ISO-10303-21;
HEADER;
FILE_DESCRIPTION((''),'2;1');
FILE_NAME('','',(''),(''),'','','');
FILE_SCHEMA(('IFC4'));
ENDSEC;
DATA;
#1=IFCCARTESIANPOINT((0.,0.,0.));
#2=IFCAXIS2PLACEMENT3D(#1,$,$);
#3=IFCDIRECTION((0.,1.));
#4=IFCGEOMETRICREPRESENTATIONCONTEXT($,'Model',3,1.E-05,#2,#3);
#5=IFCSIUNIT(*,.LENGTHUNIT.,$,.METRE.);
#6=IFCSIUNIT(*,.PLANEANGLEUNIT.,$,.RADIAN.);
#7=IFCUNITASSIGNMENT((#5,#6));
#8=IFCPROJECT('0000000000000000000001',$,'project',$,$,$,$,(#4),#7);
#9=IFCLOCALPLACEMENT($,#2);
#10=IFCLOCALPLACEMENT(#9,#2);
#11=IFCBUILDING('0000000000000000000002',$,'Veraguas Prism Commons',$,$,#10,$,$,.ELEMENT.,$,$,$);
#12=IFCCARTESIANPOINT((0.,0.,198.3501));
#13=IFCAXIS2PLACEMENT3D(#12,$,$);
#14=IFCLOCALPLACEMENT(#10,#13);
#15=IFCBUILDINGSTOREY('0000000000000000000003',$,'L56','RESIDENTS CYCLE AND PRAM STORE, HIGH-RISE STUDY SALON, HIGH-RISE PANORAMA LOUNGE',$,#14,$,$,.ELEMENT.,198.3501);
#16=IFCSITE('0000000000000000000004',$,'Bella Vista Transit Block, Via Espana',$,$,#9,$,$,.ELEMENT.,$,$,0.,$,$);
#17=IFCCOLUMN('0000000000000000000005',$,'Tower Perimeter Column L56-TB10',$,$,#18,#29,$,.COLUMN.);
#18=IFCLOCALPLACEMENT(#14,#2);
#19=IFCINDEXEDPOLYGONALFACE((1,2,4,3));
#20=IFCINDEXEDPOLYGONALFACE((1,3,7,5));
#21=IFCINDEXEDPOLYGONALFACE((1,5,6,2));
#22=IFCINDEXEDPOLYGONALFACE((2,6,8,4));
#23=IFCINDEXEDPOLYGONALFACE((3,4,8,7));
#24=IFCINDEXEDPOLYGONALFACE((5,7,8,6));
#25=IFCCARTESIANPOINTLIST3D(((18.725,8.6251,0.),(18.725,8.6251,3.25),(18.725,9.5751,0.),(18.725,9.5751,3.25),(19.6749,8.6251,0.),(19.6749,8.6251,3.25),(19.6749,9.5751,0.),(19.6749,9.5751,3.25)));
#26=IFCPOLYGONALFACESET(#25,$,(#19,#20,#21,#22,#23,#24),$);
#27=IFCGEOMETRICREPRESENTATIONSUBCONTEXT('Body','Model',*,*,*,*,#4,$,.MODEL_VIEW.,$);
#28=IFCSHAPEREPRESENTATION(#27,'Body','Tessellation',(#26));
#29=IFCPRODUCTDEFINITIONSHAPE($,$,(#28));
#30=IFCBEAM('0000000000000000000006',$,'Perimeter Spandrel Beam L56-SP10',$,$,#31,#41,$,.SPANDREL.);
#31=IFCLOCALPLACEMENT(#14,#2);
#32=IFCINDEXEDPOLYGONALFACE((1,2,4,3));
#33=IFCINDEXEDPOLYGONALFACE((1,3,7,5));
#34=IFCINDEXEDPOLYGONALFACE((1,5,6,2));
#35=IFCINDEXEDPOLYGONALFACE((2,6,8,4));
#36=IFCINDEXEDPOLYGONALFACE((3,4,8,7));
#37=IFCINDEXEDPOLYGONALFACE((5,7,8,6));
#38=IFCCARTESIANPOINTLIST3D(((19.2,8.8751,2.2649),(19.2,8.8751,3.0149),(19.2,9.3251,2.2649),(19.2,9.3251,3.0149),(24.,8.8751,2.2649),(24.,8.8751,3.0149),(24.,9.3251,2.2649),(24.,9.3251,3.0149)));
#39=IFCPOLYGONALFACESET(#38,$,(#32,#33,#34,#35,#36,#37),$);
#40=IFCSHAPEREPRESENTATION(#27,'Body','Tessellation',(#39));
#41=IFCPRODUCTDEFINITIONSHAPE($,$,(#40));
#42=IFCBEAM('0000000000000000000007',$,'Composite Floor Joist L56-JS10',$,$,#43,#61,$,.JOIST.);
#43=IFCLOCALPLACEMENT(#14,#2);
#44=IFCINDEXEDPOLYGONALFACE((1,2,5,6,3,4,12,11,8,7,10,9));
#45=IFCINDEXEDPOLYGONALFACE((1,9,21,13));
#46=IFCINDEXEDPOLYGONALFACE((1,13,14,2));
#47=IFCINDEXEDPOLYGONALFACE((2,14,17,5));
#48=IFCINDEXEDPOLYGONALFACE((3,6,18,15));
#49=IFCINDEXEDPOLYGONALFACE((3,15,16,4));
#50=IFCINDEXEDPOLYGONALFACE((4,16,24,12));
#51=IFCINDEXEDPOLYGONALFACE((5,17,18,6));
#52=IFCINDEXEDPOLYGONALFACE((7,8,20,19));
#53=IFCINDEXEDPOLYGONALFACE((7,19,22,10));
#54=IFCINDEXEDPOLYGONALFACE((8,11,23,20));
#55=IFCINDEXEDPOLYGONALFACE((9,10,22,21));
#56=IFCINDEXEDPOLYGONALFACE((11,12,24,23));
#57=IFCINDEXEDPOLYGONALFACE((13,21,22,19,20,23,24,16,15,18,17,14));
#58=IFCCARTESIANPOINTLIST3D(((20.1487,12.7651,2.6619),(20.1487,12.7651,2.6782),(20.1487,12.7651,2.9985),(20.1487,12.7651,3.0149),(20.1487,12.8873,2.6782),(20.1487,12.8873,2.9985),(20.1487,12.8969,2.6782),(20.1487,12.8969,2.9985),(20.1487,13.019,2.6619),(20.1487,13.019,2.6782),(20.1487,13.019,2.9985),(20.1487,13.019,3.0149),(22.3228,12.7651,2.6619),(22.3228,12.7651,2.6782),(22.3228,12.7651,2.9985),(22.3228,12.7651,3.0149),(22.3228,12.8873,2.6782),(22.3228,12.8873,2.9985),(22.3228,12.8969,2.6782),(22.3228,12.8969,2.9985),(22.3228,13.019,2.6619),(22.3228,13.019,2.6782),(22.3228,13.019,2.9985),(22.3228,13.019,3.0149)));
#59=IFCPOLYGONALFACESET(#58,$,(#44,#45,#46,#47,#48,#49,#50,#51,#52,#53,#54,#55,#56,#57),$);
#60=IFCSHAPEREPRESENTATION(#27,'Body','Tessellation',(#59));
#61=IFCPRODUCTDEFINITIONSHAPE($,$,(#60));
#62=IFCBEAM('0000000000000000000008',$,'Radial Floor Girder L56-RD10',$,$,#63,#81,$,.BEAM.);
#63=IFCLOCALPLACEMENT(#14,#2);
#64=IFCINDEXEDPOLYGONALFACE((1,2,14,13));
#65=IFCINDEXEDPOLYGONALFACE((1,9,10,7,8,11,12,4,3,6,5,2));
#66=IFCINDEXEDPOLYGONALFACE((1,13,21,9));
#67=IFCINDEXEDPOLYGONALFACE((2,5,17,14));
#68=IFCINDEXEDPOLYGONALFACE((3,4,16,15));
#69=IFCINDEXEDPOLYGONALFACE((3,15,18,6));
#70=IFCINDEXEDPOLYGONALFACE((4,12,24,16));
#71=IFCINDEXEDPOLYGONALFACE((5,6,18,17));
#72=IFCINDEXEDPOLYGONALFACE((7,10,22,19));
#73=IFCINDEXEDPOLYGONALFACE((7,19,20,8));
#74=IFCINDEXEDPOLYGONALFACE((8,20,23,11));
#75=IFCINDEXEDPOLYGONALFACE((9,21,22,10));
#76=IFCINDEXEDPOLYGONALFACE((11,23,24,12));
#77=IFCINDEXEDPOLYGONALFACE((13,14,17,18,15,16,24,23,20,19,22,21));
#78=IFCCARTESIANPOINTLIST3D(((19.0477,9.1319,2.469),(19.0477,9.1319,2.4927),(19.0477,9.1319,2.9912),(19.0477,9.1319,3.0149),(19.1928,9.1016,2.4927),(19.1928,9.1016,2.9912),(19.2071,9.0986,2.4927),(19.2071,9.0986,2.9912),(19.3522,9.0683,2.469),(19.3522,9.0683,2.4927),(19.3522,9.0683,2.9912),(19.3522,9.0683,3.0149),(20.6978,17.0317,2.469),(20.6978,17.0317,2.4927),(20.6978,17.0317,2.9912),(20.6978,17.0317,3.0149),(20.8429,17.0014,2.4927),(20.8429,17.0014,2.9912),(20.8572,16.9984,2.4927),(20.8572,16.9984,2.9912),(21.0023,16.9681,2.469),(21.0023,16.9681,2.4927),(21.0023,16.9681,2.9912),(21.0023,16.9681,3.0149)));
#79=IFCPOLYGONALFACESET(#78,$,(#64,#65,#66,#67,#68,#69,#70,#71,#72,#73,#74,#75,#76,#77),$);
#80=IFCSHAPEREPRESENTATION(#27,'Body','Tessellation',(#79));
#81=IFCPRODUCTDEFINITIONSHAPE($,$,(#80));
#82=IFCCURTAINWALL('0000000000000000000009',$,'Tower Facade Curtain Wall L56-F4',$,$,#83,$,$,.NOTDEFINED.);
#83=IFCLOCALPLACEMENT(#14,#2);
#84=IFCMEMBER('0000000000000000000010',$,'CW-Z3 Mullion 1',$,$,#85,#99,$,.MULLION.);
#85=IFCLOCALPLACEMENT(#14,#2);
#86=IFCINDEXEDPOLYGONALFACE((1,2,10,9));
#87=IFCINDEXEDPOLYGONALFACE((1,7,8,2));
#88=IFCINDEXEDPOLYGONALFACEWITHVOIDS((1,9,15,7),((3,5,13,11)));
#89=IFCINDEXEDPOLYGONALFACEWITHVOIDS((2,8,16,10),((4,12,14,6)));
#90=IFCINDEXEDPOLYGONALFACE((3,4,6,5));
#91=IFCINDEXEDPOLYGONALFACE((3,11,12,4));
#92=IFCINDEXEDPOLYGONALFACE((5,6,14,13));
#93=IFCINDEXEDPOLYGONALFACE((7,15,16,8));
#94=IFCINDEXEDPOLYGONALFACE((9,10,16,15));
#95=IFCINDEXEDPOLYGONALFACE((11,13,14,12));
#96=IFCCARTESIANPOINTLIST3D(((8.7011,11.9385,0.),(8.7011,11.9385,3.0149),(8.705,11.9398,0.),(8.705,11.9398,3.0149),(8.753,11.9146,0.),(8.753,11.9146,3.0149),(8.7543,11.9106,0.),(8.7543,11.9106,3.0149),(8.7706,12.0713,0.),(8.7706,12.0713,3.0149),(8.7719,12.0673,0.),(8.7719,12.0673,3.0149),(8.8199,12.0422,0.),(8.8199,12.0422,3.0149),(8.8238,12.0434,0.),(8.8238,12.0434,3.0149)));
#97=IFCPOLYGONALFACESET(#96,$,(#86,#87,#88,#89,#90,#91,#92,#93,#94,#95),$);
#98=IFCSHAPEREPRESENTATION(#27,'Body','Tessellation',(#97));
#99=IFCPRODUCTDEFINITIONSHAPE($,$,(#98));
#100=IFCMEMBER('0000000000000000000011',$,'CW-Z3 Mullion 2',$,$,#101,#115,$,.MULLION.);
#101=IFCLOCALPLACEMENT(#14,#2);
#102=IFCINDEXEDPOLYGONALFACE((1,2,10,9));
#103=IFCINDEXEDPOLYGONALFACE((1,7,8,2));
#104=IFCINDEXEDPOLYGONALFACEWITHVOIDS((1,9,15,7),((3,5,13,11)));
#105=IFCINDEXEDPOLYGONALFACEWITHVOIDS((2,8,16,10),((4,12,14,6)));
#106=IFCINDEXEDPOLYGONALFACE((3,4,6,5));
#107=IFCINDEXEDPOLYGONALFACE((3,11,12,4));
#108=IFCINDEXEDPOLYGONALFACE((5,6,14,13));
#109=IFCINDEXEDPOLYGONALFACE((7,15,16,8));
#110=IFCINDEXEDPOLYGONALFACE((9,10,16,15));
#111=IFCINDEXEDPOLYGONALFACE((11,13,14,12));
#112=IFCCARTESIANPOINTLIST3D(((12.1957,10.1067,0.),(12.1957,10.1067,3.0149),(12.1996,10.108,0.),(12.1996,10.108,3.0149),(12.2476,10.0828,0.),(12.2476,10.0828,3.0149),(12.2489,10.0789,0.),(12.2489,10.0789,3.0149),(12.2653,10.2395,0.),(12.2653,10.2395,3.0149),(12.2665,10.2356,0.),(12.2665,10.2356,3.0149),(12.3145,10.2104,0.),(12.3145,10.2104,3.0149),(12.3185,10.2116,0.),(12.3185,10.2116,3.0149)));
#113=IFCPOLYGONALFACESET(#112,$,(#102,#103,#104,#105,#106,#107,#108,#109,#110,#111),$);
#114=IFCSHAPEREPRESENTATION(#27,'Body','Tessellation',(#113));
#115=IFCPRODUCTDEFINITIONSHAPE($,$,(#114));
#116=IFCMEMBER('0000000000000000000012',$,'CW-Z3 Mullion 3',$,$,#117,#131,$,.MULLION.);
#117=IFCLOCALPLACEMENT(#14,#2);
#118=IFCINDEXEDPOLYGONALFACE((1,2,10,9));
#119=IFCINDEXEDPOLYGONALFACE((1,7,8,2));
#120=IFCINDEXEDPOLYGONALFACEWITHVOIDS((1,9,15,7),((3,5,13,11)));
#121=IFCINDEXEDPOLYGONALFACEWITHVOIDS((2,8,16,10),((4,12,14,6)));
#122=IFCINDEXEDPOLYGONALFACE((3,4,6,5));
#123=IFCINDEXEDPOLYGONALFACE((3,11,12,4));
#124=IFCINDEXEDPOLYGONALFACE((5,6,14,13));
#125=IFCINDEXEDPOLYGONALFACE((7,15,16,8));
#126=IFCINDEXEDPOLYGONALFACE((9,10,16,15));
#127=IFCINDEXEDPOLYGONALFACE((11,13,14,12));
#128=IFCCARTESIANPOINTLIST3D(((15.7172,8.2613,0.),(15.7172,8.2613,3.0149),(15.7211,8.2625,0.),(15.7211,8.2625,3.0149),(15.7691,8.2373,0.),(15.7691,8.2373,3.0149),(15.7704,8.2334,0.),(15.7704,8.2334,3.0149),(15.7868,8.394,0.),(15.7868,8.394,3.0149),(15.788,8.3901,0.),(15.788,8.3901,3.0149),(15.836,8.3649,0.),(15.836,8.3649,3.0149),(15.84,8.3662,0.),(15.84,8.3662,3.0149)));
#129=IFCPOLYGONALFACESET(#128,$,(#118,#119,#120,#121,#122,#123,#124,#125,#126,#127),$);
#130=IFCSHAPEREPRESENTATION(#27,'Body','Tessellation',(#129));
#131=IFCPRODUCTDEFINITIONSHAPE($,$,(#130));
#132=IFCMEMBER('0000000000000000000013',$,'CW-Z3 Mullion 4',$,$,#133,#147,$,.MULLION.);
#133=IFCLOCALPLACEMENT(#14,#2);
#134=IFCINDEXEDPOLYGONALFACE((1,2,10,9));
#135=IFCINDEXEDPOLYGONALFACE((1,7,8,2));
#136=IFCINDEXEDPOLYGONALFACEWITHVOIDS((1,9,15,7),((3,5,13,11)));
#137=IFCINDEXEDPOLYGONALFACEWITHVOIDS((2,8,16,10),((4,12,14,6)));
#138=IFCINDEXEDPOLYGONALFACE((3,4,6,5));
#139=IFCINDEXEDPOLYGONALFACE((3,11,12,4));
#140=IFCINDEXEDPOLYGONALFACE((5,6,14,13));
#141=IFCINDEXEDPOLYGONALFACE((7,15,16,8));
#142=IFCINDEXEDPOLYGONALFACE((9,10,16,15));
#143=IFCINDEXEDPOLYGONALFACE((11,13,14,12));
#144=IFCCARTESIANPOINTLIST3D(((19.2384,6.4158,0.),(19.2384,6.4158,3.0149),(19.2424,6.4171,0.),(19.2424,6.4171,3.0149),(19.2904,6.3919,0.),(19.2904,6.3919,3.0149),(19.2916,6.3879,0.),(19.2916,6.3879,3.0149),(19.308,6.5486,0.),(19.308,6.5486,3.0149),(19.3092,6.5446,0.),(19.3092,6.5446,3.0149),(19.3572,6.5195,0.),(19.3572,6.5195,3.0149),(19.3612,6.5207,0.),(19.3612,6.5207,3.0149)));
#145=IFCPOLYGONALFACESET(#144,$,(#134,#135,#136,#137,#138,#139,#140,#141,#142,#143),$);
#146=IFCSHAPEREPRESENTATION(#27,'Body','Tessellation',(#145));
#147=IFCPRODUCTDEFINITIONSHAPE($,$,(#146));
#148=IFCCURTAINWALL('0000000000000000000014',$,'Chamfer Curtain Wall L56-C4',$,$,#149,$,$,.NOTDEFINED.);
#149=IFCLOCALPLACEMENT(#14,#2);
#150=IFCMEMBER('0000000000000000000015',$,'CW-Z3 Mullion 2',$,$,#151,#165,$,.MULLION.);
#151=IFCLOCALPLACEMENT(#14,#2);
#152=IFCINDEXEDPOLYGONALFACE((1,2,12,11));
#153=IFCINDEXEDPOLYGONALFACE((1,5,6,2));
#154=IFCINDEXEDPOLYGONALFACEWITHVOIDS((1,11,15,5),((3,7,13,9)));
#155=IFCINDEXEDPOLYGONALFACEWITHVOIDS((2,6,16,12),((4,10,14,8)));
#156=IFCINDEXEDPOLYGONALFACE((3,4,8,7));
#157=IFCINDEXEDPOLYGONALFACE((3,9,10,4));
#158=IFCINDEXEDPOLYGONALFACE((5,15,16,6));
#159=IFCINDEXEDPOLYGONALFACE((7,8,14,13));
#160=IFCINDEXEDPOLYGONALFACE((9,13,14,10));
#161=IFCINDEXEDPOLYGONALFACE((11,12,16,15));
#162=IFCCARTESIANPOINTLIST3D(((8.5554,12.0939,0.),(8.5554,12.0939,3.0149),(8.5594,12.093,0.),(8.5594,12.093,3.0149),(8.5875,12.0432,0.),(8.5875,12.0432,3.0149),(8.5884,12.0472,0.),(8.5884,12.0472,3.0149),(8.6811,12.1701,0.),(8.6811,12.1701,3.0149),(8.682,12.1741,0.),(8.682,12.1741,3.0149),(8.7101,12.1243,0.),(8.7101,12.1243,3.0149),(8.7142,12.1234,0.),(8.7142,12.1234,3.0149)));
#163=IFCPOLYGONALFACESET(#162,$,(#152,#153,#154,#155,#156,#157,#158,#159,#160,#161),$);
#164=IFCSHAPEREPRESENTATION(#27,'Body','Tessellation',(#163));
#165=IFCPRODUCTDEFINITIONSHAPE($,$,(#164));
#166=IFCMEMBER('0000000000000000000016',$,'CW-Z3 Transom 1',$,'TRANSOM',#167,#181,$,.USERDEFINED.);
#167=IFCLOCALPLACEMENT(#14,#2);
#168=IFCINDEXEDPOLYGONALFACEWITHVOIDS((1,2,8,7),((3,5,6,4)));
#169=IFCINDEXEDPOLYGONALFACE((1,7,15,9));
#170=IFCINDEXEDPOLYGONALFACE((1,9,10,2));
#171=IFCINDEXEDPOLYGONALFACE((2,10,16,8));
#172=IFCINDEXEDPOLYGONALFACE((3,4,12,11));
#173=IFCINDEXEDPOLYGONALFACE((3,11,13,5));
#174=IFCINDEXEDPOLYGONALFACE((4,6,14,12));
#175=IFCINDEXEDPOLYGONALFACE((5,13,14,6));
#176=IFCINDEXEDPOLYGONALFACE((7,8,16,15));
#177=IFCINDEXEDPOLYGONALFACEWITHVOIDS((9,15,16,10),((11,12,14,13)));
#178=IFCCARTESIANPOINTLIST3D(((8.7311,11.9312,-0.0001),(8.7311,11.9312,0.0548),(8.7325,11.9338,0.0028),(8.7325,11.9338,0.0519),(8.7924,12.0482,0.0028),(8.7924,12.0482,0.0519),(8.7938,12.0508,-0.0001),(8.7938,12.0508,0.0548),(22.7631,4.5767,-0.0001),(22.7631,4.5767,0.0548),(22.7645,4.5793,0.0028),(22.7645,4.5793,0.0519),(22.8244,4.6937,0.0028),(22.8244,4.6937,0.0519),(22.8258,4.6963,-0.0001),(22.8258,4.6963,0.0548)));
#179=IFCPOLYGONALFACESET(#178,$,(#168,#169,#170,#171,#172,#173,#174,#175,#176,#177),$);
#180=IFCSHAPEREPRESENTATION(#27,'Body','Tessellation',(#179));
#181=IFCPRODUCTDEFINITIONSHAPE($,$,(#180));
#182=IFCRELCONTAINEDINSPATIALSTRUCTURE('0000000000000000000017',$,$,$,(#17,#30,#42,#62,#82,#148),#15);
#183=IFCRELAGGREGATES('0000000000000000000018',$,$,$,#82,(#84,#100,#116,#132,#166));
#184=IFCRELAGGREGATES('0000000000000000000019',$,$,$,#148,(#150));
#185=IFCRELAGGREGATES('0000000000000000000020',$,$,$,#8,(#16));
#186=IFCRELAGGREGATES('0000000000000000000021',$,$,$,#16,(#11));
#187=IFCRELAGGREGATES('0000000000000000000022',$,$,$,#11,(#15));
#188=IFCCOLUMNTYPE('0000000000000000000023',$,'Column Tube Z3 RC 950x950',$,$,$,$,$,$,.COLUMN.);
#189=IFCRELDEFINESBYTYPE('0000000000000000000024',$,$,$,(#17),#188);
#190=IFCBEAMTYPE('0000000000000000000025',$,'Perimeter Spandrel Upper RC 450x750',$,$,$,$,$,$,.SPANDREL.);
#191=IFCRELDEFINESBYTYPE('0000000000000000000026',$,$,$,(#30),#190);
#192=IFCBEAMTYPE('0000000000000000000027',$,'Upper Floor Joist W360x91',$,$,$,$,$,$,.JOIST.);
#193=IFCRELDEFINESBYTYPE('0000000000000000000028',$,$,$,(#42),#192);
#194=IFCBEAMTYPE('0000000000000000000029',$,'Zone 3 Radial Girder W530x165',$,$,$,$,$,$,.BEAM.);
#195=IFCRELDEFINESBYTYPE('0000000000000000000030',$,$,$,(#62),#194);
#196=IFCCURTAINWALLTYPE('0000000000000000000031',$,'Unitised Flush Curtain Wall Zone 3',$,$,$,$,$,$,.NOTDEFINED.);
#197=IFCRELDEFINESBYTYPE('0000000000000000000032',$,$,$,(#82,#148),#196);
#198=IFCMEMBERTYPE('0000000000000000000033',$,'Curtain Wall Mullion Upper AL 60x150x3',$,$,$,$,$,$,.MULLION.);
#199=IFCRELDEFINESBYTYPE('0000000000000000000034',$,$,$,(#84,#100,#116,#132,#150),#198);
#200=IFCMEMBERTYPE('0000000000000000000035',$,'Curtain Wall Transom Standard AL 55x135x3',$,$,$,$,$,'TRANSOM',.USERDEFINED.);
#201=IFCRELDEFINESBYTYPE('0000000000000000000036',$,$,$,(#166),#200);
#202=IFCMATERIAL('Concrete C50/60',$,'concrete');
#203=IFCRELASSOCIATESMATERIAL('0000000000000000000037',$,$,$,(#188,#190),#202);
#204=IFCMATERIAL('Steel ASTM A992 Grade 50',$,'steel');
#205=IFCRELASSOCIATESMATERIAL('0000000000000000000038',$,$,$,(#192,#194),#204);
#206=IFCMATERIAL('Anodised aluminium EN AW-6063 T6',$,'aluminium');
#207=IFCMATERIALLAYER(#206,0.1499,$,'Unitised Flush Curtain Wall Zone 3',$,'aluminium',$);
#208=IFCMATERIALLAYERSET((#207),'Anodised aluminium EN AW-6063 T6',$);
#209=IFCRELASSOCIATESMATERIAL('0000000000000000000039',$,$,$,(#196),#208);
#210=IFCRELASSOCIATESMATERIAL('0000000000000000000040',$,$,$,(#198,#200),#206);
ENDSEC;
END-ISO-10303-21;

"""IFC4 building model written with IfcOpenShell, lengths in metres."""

from ifc_helpers import new_model, si_unit, direction, frame, origin, origin_2d, place, context, subcontext, project, spatial, rectangle, hollow_rectangle, i_section, extrude, source, transform, mapped, material, layer, layer_set, material_profile, profile_set, type_object, element, aggregate, save


model = new_model("IFC4")

# Units and contexts
model_context = context("Model", 3, precision=1e-05, world=origin(), true_north=direction((0.0, 1.0)))
body_context = subcontext(model_context, "Body", "Model", "MODEL_VIEW")
ifc_project = project(units=[si_unit("LENGTHUNIT", "METRE"), si_unit("PLANEANGLEUNIT", "RADIAN")], contexts=[model_context])

# Site, building, storey
site_placement = place(None, origin())
site = spatial("IfcSite", under=ifc_project, at=site_placement, Name="Bella Vista Transit Block, Via Espana", CompositionType="ELEMENT", RefElevation=0.0)
building_placement = place(site_placement, origin())
building = spatial("IfcBuilding", under=site, at=building_placement, Name="Veraguas Prism Commons", CompositionType="ELEMENT")
storey_placement = place(building_placement, frame((0.0, 0.0, 198.3501)))
storey = spatial("IfcBuildingStorey", under=building, at=storey_placement, Name="L56", Description="RESIDENTS CYCLE AND PRAM STORE, HIGH-RISE STUDY SALON, HIGH-RISE PANORAMA LOUNGE", CompositionType="ELEMENT", Elevation=198.3501)

# Column
ifc_material_1 = material(Name="Concrete C50/60", Category="concrete")
ifc_material_profile_1 = material_profile(ifc_material_1, rectangle(XDim=0.95, YDim=0.95, at=origin_2d()), Name="RC950X950")
ifc_profile_set_1 = profile_set([ifc_material_profile_1], Name="Concrete C50/60")
column_type = type_object("IfcColumnType", Name="Column Tube Z3 RC 950x950", PredefinedType="COLUMN", material=ifc_profile_set_1)
column_placement = place(storey_placement, frame((19.2, 9.1001, 0.0), z_axis=(0.0, 0.0, 1.0), x_axis=(1.0, 0.0, 0.0)))
element("IfcColumn", 1, at=column_placement, inside=storey, type_object=column_type, Name="Tower Perimeter Column L56-TB10", PredefinedType="COLUMN", context=body_context, shape_type="SweptSolid", body=[
    extrude(rectangle(XDim=0.95, YDim=0.95, at=origin_2d()), origin(), (0.0, 0.0, 1.0), 3.25),
])

# Beams
ifc_material_profile_2 = material_profile(ifc_material_1, rectangle(XDim=0.45, YDim=0.75, at=origin_2d()), Name="RC450X750")
ifc_profile_set_2 = profile_set([ifc_material_profile_2], Name="Concrete C50/60")
beam_type_1 = type_object("IfcBeamType", Name="Perimeter Spandrel Upper RC 450x750", PredefinedType="SPANDREL", material=ifc_profile_set_2)
beam_1_placement = place(storey_placement, frame((19.2, 9.1001, 2.6399), z_axis=(1.0, 0.0, 0.0), x_axis=(0.0, 1.0, 0.0)))
element("IfcBeam", 2, at=beam_1_placement, inside=storey, type_object=beam_type_1, Name="Perimeter Spandrel Beam L56-SP10", PredefinedType="SPANDREL", context=body_context, shape_type="SweptSolid", body=[
    extrude(rectangle(XDim=0.45, YDim=0.75, at=origin_2d()), origin(), (0.0, 0.0, 1.0), 4.8),
])
ifc_material_2 = material(Name="Steel ASTM A992 Grade 50", Category="steel")
ifc_material_profile_3 = material_profile(ifc_material_2, i_section(OverallWidth=0.2539, OverallDepth=0.353, WebThickness=0.0095, FlangeThickness=0.0164, at=origin_2d()), Name="W360X91")
ifc_profile_set_3 = profile_set([ifc_material_profile_3], Name="Steel ASTM A992 Grade 50")
beam_type_2 = type_object("IfcBeamType", Name="Upper Floor Joist W360x91", PredefinedType="JOIST", material=ifc_profile_set_3)
beam_2_placement = place(storey_placement, frame((20.1487, 12.8921, 2.8384), z_axis=(1.0, 0.0, 0.0), x_axis=(0.0, 1.0, 0.0)))
element("IfcBeam", 3, at=beam_2_placement, inside=storey, type_object=beam_type_2, Name="Composite Floor Joist L56-JS10", PredefinedType="JOIST", context=body_context, shape_type="SweptSolid", body=[
    extrude(i_section(OverallWidth=0.2539, OverallDepth=0.353, WebThickness=0.0095, FlangeThickness=0.0164, at=origin_2d()), origin(), (0.0, 0.0, 1.0), 2.1741),
])
ifc_material_profile_4 = material_profile(ifc_material_2, i_section(OverallWidth=0.311, OverallDepth=0.5459, WebThickness=0.0146, FlangeThickness=0.0237, at=origin_2d()), Name="W530X165")
ifc_profile_set_4 = profile_set([ifc_material_profile_4], Name="Steel ASTM A992 Grade 50")
beam_type_3 = type_object("IfcBeamType", Name="Zone 3 Radial Girder W530x165", PredefinedType="BEAM", material=ifc_profile_set_4)
beam_3_placement = place(storey_placement, frame((19.2, 9.1001, 2.7419), z_axis=(0.204469, 0.978873, 0.0), x_axis=(-0.978873, 0.204469, 0.0)))
element("IfcBeam", 4, at=beam_3_placement, inside=storey, type_object=beam_type_3, Name="Radial Floor Girder L56-RD10", PredefinedType="BEAM", context=body_context, shape_type="SweptSolid", body=[
    extrude(i_section(OverallWidth=0.311, OverallDepth=0.5459, WebThickness=0.0146, FlangeThickness=0.0237, at=origin_2d()), origin(), (0.0, 0.0, 1.0), 8.0703),
])

# Curtain wall, members
ifc_material_3 = material(Name="Anodised aluminium EN AW-6063 T6", Category="aluminium")
ifc_layer_1 = layer(ifc_material_3, 0.1499, Name="Unitised Flush Curtain Wall Zone 3", Category="aluminium")
ifc_layer_set_1 = layer_set([ifc_layer_1], Name="Anodised aluminium EN AW-6063 T6")
curtain_wall_type = type_object("IfcCurtainWallType", Name="Unitised Flush Curtain Wall Zone 3", PredefinedType="NOTDEFINED", material=ifc_layer_set_1)
curtain_wall_1_placement = place(storey_placement, origin())
curtain_wall_1 = element("IfcCurtainWall", 5, at=curtain_wall_1_placement, inside=storey, type_object=curtain_wall_type, Name="Tower Facade Curtain Wall L56-F4", PredefinedType="NOTDEFINED")
ifc_material_profile_5 = material_profile(ifc_material_3, hollow_rectangle(XDim=0.0601, YDim=0.1499, WallThickness=0.0029, at=origin_2d()), Name="AL60X150X3")
ifc_profile_set_5 = profile_set([ifc_material_profile_5], Name="Anodised aluminium EN AW-6063 T6")
member_type_1 = type_object("IfcMemberType", Name="Curtain Wall Mullion Upper AL 60x150x3", PredefinedType="MULLION", material=ifc_profile_set_5)
shared_shape_1 = source(origin(), body_context, "Body", "SweptSolid", [
    extrude(hollow_rectangle(XDim=0.0601, YDim=0.1499, WallThickness=0.0029, at=origin_2d()), origin(), (0.0, 0.0, 1.0), 3.0149),
])
member_1_placement = place(storey_placement, frame((8.7625, 11.991, 0.0), z_axis=(0.0, 0.0, 1.0), x_axis=(0.885722, -0.464216, 0.0)))
member_1 = element("IfcMember", 6, at=member_1_placement, type_object=member_type_1, Name="CW-Z3 Mullion 1", PredefinedType="MULLION", context=body_context, shape_type="MappedRepresentation", body=[
    mapped(shared_shape_1, transform((0.0, 0.0, 0.0), scale=1.0)),
])
member_2_placement = place(storey_placement, frame((12.2571, 10.1592, 0.0), z_axis=(0.0, 0.0, 1.0), x_axis=(0.885722, -0.464216, 0.0)))
member_2 = element("IfcMember", 7, at=member_2_placement, type_object=member_type_1, Name="CW-Z3 Mullion 2", PredefinedType="MULLION", context=body_context, shape_type="MappedRepresentation", body=[
    mapped(shared_shape_1, transform((0.0, 0.0, 0.0), scale=1.0)),
])
member_3_placement = place(storey_placement, frame((15.7786, 8.3137, 0.0), z_axis=(0.0, 0.0, 1.0), x_axis=(0.885722, -0.464216, 0.0)))
member_3 = element("IfcMember", 8, at=member_3_placement, type_object=member_type_1, Name="CW-Z3 Mullion 3", PredefinedType="MULLION", context=body_context, shape_type="MappedRepresentation", body=[
    mapped(shared_shape_1, transform((0.0, 0.0, 0.0), scale=1.0)),
])
member_4_placement = place(storey_placement, frame((19.2998, 6.4683, 0.0), z_axis=(0.0, 0.0, 1.0), x_axis=(0.885722, -0.464216, 0.0)))
member_4 = element("IfcMember", 9, at=member_4_placement, type_object=member_type_1, Name="CW-Z3 Mullion 4", PredefinedType="MULLION", context=body_context, shape_type="MappedRepresentation", body=[
    mapped(shared_shape_1, transform((0.0, 0.0, 0.0), scale=1.0)),
])

# Curtain wall, member
curtain_wall_2_placement = place(storey_placement, origin())
curtain_wall_2 = element("IfcCurtainWall", 10, at=curtain_wall_2_placement, inside=storey, type_object=curtain_wall_type, Name="Chamfer Curtain Wall L56-C4", PredefinedType="NOTDEFINED")
member_5_placement = place(storey_placement, frame((8.6348, 12.1086, 0.0), z_axis=(0.0, 0.0, 1.0), x_axis=(0.534939, -0.84489, 0.0)))
member_5 = element("IfcMember", 11, at=member_5_placement, type_object=member_type_1, Name="CW-Z3 Mullion 2", PredefinedType="MULLION", context=body_context, shape_type="MappedRepresentation", body=[
    mapped(shared_shape_1, transform((0.0, 0.0, 0.0), scale=1.0)),
])

# Member
ifc_material_profile_6 = material_profile(ifc_material_3, hollow_rectangle(XDim=0.0549, YDim=0.135, WallThickness=0.0029, at=origin_2d()), Name="AL55X135X3")
ifc_profile_set_6 = profile_set([ifc_material_profile_6], Name="Anodised aluminium EN AW-6063 T6")
member_type_2 = type_object("IfcMemberType", Name="Curtain Wall Transom Standard AL 55x135x3", ElementType="TRANSOM", PredefinedType="USERDEFINED", material=ifc_profile_set_6)
shared_shape_2 = source(origin(), body_context, "Body", "SweptSolid", [
    extrude(hollow_rectangle(XDim=0.0549, YDim=0.135, WallThickness=0.0029, at=origin_2d()), origin(), (0.0, 0.0, 1.0), 15.8425),
])
member_6_placement = place(storey_placement, frame((8.7625, 11.991, 0.0273), z_axis=(0.885717, -0.464225, 0.0), x_axis=(0.0, 0.0, 1.0)))
member_6 = element("IfcMember", 12, at=member_6_placement, type_object=member_type_2, Name="CW-Z3 Transom 1", ObjectType="TRANSOM", PredefinedType="USERDEFINED", context=body_context, shape_type="MappedRepresentation", body=[
    mapped(shared_shape_2, transform((0.0, 0.0, 0.0), scale=1.0)),
])

aggregate(curtain_wall_1, [member_1, member_2, member_3, member_4, member_6])
aggregate(curtain_wall_2, [member_5])

save(model, "model.ifc")
